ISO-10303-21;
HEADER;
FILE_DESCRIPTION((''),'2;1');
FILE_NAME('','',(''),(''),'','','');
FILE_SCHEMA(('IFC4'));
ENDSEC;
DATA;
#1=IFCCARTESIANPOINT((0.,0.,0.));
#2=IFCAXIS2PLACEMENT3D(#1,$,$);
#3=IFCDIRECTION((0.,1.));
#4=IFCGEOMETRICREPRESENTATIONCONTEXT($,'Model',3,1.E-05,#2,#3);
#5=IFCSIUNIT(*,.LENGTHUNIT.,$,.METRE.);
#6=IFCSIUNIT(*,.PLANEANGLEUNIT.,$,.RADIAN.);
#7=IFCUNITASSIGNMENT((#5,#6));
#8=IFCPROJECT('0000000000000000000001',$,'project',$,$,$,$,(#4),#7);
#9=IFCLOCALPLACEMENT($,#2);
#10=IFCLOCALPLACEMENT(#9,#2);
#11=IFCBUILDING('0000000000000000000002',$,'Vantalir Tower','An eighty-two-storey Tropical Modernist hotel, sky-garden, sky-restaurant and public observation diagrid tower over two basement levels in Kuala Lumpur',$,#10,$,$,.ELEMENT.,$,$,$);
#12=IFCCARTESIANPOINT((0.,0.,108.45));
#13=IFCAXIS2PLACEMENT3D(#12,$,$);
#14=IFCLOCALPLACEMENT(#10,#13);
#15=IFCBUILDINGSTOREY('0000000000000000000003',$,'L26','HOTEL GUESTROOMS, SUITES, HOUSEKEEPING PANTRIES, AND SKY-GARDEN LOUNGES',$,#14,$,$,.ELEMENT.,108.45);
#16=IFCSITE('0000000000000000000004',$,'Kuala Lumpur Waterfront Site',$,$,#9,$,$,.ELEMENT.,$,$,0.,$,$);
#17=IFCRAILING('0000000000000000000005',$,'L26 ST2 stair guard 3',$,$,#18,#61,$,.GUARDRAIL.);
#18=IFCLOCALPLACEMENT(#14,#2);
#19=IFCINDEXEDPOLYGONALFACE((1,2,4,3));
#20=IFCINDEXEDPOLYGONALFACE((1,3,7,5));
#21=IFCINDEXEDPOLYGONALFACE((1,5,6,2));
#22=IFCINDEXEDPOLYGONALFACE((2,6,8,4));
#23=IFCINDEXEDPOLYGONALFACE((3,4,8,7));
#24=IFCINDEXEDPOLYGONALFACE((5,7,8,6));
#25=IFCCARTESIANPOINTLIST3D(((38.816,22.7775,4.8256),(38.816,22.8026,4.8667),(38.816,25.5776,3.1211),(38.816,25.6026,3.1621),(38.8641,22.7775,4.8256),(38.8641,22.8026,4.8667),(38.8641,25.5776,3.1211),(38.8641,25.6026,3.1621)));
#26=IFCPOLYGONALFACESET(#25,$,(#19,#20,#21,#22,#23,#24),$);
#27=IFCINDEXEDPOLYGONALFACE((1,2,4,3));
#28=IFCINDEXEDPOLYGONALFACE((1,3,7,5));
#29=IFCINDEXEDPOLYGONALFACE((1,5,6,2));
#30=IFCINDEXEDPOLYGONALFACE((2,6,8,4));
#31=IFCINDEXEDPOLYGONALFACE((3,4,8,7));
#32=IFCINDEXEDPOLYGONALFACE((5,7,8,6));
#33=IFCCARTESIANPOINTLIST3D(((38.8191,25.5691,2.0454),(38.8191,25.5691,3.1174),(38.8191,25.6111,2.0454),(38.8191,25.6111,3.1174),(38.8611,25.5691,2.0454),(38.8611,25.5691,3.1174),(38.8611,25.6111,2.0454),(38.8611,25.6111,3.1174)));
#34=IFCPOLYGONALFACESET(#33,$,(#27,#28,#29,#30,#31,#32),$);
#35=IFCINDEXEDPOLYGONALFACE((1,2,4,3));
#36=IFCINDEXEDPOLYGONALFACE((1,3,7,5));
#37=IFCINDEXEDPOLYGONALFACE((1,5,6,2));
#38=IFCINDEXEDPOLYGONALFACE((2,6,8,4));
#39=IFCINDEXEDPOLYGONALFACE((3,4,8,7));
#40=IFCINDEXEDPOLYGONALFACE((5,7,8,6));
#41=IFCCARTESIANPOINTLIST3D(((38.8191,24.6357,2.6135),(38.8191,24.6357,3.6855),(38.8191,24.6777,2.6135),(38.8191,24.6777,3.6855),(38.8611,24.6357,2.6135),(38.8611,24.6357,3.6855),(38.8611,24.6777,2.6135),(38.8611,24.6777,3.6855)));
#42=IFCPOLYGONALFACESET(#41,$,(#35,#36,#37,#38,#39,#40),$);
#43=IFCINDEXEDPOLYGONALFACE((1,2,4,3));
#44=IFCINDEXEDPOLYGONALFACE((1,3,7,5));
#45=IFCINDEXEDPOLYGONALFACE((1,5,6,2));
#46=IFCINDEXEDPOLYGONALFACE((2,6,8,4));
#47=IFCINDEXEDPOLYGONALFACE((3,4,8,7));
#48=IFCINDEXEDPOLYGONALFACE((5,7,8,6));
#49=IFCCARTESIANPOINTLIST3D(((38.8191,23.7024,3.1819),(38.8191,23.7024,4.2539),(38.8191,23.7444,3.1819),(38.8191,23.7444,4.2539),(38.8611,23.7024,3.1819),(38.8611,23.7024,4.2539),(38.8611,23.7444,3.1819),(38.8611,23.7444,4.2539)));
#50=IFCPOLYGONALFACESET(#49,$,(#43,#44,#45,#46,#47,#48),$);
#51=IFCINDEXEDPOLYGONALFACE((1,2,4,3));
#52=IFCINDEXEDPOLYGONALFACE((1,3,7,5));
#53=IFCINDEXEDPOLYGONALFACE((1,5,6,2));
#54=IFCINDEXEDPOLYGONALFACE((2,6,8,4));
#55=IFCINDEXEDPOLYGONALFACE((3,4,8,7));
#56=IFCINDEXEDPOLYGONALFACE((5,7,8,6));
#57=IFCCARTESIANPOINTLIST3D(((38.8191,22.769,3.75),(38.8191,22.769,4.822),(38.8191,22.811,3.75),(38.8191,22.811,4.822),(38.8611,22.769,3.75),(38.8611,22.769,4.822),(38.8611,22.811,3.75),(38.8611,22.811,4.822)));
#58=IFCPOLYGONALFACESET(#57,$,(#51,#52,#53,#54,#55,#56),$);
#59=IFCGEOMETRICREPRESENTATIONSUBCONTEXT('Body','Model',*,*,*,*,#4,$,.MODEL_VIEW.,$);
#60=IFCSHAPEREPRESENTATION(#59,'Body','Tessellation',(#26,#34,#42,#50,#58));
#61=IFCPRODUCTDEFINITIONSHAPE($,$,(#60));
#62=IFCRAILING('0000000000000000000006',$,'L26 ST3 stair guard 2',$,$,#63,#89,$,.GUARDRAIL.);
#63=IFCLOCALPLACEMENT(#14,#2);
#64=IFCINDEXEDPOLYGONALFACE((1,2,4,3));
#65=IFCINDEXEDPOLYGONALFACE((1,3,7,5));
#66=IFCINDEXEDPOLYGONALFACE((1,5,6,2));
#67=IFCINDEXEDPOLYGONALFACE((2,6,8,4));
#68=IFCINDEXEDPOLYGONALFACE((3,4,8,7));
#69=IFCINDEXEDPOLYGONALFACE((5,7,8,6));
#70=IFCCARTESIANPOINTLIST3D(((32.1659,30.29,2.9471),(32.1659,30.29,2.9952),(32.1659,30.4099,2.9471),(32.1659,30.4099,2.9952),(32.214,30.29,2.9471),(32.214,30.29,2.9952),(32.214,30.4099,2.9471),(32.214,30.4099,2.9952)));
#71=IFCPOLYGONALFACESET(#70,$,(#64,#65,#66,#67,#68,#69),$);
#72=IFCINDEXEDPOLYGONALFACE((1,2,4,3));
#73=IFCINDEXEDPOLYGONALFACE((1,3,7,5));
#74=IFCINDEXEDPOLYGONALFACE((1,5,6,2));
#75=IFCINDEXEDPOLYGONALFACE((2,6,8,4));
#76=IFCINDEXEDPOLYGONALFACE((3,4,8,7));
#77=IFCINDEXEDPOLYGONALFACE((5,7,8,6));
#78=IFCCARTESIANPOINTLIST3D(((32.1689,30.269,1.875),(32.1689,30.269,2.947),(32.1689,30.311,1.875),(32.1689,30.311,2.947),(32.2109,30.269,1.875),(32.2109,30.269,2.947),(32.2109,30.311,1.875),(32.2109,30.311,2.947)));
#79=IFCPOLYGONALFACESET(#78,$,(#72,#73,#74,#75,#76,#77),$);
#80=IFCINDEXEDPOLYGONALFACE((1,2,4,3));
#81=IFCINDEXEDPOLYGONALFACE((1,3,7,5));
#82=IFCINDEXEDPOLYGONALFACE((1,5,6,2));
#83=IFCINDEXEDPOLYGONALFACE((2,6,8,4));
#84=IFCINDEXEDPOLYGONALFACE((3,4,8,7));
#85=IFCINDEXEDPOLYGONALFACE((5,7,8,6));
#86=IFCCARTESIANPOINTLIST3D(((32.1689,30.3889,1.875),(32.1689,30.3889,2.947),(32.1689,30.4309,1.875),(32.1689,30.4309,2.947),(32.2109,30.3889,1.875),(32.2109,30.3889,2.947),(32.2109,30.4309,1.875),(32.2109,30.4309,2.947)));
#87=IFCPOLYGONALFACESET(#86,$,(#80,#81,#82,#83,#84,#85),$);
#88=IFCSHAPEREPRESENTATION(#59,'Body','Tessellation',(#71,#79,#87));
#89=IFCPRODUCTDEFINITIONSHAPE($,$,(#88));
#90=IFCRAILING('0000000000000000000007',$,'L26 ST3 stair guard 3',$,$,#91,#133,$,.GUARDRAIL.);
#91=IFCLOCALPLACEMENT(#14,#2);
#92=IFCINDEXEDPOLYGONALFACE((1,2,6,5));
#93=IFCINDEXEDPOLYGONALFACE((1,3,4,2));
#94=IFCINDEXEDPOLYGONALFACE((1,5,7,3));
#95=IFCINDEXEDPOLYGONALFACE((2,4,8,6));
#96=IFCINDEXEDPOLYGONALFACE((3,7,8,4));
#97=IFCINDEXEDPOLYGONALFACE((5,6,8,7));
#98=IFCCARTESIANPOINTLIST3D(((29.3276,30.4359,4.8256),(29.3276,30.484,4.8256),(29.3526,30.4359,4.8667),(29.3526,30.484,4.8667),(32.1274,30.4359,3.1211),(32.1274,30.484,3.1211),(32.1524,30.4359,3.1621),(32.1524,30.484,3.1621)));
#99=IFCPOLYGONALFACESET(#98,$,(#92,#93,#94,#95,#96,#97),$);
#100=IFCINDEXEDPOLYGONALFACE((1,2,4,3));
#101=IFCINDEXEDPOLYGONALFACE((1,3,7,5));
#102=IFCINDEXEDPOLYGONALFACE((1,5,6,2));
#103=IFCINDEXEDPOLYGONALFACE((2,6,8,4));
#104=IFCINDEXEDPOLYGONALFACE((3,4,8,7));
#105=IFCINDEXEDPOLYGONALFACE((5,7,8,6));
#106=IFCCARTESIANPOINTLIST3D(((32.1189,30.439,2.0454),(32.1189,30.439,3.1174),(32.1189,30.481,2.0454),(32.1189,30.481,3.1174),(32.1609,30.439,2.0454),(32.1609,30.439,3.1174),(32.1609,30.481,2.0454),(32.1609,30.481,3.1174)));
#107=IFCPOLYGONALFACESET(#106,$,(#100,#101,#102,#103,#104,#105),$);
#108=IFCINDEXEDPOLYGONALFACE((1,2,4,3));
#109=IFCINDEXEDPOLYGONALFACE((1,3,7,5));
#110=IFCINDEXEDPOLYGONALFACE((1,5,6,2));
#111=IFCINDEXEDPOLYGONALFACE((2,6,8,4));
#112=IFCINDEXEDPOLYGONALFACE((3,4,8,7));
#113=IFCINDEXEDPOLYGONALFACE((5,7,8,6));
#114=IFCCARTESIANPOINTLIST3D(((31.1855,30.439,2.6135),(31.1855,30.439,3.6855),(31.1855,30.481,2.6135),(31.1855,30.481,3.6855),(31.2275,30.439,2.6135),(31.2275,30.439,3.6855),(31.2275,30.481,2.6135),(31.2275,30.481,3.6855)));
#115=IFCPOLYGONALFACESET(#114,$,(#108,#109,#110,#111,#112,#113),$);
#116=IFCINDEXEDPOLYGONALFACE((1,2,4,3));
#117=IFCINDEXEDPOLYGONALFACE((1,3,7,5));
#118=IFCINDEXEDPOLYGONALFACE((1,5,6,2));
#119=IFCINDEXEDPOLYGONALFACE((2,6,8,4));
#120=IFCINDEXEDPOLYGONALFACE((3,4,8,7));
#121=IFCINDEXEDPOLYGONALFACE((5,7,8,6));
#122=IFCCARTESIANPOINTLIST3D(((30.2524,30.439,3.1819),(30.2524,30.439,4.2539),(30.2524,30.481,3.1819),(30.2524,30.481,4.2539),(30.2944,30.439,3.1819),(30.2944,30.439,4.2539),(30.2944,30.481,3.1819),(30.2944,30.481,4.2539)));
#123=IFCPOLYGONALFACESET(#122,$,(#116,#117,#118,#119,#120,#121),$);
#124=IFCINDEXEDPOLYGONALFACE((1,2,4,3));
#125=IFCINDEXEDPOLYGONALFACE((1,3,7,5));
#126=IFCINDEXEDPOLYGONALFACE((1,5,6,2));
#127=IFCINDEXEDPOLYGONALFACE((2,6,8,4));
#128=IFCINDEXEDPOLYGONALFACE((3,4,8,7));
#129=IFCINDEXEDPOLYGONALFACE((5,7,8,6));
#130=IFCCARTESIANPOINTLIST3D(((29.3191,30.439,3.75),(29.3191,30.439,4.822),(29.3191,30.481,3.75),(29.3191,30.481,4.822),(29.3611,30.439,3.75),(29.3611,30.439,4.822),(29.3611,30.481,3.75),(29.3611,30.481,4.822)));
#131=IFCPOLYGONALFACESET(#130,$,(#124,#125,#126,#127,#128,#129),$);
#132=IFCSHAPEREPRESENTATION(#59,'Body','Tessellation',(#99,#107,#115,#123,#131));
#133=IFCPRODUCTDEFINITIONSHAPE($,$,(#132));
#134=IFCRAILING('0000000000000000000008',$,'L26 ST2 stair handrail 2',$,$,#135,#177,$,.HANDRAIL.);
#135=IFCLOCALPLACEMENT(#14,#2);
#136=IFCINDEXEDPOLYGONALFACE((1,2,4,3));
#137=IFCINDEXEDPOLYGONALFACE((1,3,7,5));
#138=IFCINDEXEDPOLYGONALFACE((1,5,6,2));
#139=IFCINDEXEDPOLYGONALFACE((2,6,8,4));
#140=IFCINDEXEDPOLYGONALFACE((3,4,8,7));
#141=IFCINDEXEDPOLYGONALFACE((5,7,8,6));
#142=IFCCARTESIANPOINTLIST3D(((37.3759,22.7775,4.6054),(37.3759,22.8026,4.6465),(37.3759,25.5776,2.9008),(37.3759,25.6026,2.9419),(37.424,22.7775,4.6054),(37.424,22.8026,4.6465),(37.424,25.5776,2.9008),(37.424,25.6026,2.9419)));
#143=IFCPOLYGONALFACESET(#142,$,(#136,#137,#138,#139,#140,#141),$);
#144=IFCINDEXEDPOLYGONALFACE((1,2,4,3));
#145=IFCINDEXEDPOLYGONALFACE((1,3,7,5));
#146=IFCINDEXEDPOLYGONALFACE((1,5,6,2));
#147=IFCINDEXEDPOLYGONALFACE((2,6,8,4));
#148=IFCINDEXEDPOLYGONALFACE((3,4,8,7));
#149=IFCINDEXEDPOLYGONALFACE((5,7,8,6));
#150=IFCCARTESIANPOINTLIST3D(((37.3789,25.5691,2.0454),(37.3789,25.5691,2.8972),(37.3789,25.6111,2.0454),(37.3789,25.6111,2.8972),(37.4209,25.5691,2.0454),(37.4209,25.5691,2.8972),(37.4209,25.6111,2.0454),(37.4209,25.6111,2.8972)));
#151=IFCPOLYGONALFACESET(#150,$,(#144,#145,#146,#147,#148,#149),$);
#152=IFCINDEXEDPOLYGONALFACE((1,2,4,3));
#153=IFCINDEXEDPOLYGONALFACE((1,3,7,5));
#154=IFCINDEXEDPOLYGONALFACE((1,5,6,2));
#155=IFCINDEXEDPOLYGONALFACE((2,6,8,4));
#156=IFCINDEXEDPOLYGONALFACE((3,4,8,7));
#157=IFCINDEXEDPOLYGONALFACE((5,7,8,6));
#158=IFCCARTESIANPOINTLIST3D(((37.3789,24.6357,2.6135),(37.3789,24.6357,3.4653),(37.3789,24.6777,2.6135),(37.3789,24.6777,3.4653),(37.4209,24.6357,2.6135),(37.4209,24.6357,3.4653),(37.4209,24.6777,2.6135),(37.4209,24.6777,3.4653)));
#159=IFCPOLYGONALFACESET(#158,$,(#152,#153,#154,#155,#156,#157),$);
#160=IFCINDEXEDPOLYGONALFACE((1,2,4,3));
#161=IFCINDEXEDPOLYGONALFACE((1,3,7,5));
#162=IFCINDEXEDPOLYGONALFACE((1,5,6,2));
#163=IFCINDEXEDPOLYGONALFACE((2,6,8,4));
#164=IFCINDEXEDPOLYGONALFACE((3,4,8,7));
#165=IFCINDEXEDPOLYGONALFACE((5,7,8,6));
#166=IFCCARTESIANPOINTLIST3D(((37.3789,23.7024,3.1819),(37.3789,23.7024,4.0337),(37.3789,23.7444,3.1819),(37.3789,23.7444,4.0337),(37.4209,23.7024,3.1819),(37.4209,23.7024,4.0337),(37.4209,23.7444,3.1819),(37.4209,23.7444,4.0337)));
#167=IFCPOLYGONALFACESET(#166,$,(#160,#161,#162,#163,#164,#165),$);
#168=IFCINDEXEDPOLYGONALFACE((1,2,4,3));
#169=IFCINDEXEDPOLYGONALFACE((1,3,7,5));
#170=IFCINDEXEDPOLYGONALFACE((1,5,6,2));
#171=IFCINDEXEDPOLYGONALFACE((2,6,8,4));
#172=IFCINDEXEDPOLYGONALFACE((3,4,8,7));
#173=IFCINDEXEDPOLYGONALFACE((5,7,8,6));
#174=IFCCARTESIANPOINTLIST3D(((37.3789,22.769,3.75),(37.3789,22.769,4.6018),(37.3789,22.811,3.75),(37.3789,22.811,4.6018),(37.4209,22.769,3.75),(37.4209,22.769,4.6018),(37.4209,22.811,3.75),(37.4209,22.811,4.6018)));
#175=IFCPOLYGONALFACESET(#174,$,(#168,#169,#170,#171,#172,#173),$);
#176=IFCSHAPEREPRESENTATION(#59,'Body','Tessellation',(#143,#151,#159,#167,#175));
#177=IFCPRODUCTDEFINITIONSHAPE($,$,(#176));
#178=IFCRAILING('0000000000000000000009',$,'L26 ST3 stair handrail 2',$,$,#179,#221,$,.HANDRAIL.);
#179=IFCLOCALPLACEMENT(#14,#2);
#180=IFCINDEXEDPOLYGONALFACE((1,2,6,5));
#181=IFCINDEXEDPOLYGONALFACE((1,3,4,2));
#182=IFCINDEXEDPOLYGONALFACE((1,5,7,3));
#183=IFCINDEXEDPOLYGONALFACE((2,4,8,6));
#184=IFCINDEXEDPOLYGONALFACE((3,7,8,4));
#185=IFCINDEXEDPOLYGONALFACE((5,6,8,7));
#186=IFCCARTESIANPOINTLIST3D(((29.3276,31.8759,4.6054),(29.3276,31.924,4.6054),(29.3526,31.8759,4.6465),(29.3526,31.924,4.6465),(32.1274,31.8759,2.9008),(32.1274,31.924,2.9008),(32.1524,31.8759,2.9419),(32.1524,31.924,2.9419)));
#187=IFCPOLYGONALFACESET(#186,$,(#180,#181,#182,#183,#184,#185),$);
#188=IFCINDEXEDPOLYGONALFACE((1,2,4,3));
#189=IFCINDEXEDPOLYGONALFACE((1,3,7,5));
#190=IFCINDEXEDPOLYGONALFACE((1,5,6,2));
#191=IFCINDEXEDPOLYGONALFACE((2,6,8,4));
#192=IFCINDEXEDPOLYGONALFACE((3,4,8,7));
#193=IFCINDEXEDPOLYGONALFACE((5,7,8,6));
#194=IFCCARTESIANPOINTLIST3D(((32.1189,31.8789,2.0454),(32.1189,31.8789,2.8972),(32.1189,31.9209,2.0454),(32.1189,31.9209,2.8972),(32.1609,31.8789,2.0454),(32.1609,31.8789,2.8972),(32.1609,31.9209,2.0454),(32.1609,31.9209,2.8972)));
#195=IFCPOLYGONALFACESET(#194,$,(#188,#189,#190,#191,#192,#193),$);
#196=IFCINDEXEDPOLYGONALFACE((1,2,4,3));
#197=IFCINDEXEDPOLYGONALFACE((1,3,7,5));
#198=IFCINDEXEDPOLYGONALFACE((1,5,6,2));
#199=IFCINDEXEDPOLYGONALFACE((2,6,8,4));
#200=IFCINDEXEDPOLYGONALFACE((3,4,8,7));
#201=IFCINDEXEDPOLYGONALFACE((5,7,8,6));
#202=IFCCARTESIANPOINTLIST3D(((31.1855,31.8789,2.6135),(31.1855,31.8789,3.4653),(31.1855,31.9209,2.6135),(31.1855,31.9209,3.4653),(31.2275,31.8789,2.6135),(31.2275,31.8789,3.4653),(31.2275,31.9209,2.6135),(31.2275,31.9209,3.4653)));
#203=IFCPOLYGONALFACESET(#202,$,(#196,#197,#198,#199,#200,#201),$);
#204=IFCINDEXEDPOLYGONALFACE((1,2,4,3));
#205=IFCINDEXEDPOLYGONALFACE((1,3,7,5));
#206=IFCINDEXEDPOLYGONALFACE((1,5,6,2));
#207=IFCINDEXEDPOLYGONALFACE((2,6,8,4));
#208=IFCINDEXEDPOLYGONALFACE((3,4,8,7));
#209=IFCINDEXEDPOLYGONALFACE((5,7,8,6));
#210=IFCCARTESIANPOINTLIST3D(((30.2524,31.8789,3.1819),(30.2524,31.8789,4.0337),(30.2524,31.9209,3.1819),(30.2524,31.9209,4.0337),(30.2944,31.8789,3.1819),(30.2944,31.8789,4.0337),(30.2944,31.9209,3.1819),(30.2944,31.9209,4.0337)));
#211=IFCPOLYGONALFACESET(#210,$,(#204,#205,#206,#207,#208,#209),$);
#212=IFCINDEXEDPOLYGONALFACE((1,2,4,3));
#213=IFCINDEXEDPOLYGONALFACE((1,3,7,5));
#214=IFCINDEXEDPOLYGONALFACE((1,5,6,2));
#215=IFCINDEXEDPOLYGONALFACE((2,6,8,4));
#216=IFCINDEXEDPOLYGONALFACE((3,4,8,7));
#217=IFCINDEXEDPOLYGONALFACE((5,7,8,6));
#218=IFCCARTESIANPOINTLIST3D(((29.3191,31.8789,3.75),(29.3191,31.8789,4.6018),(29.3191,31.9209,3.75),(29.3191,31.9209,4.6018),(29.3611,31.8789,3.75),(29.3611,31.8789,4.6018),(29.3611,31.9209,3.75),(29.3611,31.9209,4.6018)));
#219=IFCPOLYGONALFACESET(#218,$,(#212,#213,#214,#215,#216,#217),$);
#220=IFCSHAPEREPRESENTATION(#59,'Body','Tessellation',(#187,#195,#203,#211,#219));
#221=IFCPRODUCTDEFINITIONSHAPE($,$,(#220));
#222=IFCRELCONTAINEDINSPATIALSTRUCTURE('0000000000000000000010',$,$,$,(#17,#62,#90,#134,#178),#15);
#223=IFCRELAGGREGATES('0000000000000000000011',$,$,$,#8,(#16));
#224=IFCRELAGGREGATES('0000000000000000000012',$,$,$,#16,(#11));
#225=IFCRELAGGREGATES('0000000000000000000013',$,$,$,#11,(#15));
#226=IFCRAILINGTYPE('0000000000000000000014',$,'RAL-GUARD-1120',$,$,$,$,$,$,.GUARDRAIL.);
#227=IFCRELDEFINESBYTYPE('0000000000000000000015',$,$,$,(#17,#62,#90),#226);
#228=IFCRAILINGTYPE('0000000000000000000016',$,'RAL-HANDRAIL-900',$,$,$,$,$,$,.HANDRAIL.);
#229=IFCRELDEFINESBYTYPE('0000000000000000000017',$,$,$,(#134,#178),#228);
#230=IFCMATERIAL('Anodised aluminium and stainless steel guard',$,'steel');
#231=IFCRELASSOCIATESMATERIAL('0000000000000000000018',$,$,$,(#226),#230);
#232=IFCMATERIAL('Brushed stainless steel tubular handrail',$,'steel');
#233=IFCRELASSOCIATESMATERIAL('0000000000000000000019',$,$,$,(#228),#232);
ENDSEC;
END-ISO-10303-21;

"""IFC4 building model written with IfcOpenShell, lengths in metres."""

from ifc_helpers import new_model, si_unit, direction, frame, origin, origin_2d, place, context, subcontext, project, spatial, rectangle, extrude, material, type_object, element, save


model = new_model("IFC4")

# Units and contexts
model_context = context("Model", 3, precision=1e-05, world=origin(), true_north=direction((0.0, 1.0)))
body_context = subcontext(model_context, "Body", "Model", "MODEL_VIEW")
ifc_project = project(units=[si_unit("LENGTHUNIT", "METRE"), si_unit("PLANEANGLEUNIT", "RADIAN")], contexts=[model_context])

# Site, building, storey
site_placement = place(None, origin())
site = spatial("IfcSite", under=ifc_project, at=site_placement, Name="Kuala Lumpur Waterfront Site", CompositionType="ELEMENT", RefElevation=0.0)
building_placement = place(site_placement, origin())
building = spatial("IfcBuilding", under=site, at=building_placement, Name="Vantalir Tower", Description="An eighty-two-storey Tropical Modernist hotel, sky-garden, sky-restaurant and public observation diagrid tower over two basement levels in Kuala Lumpur", CompositionType="ELEMENT")
storey_placement = place(building_placement, frame((0.0, 0.0, 108.45)))
storey = spatial("IfcBuildingStorey", under=building, at=storey_placement, Name="L26", Description="HOTEL GUESTROOMS, SUITES, HOUSEKEEPING PANTRIES, AND SKY-GARDEN LOUNGES", CompositionType="ELEMENT", Elevation=108.45)

# Railings
ifc_material_1 = material(Name="Anodised aluminium and stainless steel guard", Category="steel")
railing_type_1 = type_object("IfcRailingType", Name="RAL-GUARD-1120", PredefinedType="GUARDRAIL", material=ifc_material_1)
railing_1_placement = place(storey_placement, frame((38.8401, 25.5901, 2.0454)))
element("IfcRailing", 1, at=railing_1_placement, inside=storey, type_object=railing_type_1, Name="L26 ST2 stair guard 3", PredefinedType="GUARDRAIL", context=body_context, shape_type="SweptSolid", body=[
    extrude(rectangle(XDim=0.0481, YDim=0.0481, at=origin_2d()), frame((0.0, 0.0, 1.0962), z_axis=(0.0, -0.85417, 0.519994), x_axis=(1.0, 0.0, 0.0)), (0.0, 0.0, 1.0), 3.2781),
    extrude(rectangle(XDim=0.042, YDim=0.042, at=origin_2d()), origin(), (0.0, 0.0, 1.0), 1.072),
    extrude(rectangle(XDim=0.042, YDim=0.042, at=origin_2d()), frame((0.0, -0.9333, 0.5681)), (0.0, 0.0, 1.0), 1.072),
    extrude(rectangle(XDim=0.042, YDim=0.042, at=origin_2d()), frame((0.0, -1.8667, 1.1365)), (0.0, 0.0, 1.0), 1.072),
    extrude(rectangle(XDim=0.042, YDim=0.042, at=origin_2d()), frame((0.0, -2.8, 1.7046)), (0.0, 0.0, 1.0), 1.072),
])
railing_2_placement = place(storey_placement, frame((32.1899, 30.29, 1.875)))
element("IfcRailing", 2, at=railing_2_placement, inside=storey, type_object=railing_type_1, Name="L26 ST3 stair guard 2", PredefinedType="GUARDRAIL", context=body_context, shape_type="SweptSolid", body=[
    extrude(rectangle(XDim=0.0481, YDim=0.0481, at=origin_2d()), frame((0.0, 0.0, 1.0962), z_axis=(0.0, 1.0, 0.0), x_axis=(-1.0, 0.0, 0.0)), (0.0, 0.0, 1.0), 0.1199),
    extrude(rectangle(XDim=0.042, YDim=0.042, at=origin_2d()), origin(), (0.0, 0.0, 1.0), 1.072),
    extrude(rectangle(XDim=0.042, YDim=0.042, at=origin_2d()), frame((0.0, 0.1199, 0.0)), (0.0, 0.0, 1.0), 1.072),
])
railing_3_placement = place(storey_placement, frame((32.1399, 30.46, 2.0454)))
element("IfcRailing", 3, at=railing_3_placement, inside=storey, type_object=railing_type_1, Name="L26 ST3 stair guard 3", PredefinedType="GUARDRAIL", context=body_context, shape_type="SweptSolid", body=[
    extrude(rectangle(XDim=0.0481, YDim=0.0481, at=origin_2d()), frame((0.0, 0.0, 1.0962), z_axis=(-0.85415, 0.0, 0.520027), x_axis=(0.0, -1.0, 0.0)), (0.0, 0.0, 1.0), 3.2778),
    extrude(rectangle(XDim=0.042, YDim=0.042, at=origin_2d()), origin(), (0.0, 0.0, 1.0), 1.072),
    extrude(rectangle(XDim=0.042, YDim=0.042, at=origin_2d()), frame((-0.9333, 0.0, 0.5681)), (0.0, 0.0, 1.0), 1.072),
    extrude(rectangle(XDim=0.042, YDim=0.042, at=origin_2d()), frame((-1.8665, 0.0, 1.1365)), (0.0, 0.0, 1.0), 1.072),
    extrude(rectangle(XDim=0.042, YDim=0.042, at=origin_2d()), frame((-2.7998, 0.0, 1.7046)), (0.0, 0.0, 1.0), 1.072),
])
ifc_material_2 = material(Name="Brushed stainless steel tubular handrail", Category="steel")
railing_type_2 = type_object("IfcRailingType", Name="RAL-HANDRAIL-900", PredefinedType="HANDRAIL", material=ifc_material_2)
railing_4_placement = place(storey_placement, frame((37.3999, 25.5901, 2.0454)))
element("IfcRailing", 4, at=railing_4_placement, inside=storey, type_object=railing_type_2, Name="L26 ST2 stair handrail 2", PredefinedType="HANDRAIL", context=body_context, shape_type="SweptSolid", body=[
    extrude(rectangle(XDim=0.0481, YDim=0.0481, at=origin_2d()), frame((0.0, 0.0, 0.876), z_axis=(0.0, -0.85417, 0.519994), x_axis=(1.0, 0.0, 0.0)), (0.0, 0.0, 1.0), 3.2781),
    extrude(rectangle(XDim=0.042, YDim=0.042, at=origin_2d()), origin(), (0.0, 0.0, 1.0), 0.8518),
    extrude(rectangle(XDim=0.042, YDim=0.042, at=origin_2d()), frame((0.0, -0.9333, 0.5681)), (0.0, 0.0, 1.0), 0.8518),
    extrude(rectangle(XDim=0.042, YDim=0.042, at=origin_2d()), frame((0.0, -1.8667, 1.1365)), (0.0, 0.0, 1.0), 0.8518),
    extrude(rectangle(XDim=0.042, YDim=0.042, at=origin_2d()), frame((0.0, -2.8, 1.7046)), (0.0, 0.0, 1.0), 0.8518),
])
railing_5_placement = place(storey_placement, frame((32.1399, 31.8999, 2.0454)))
element("IfcRailing", 5, at=railing_5_placement, inside=storey, type_object=railing_type_2, Name="L26 ST3 stair handrail 2", PredefinedType="HANDRAIL", context=body_context, shape_type="SweptSolid", body=[
    extrude(rectangle(XDim=0.0481, YDim=0.0481, at=origin_2d()), frame((0.0, 0.0, 0.876), z_axis=(-0.85415, 0.0, 0.520027), x_axis=(0.0, -1.0, 0.0)), (0.0, 0.0, 1.0), 3.2778),
    extrude(rectangle(XDim=0.042, YDim=0.042, at=origin_2d()), origin(), (0.0, 0.0, 1.0), 0.8518),
    extrude(rectangle(XDim=0.042, YDim=0.042, at=origin_2d()), frame((-0.9333, 0.0, 0.5681)), (0.0, 0.0, 1.0), 0.8518),
    extrude(rectangle(XDim=0.042, YDim=0.042, at=origin_2d()), frame((-1.8665, 0.0, 1.1365)), (0.0, 0.0, 1.0), 0.8518),
    extrude(rectangle(XDim=0.042, YDim=0.042, at=origin_2d()), frame((-2.7998, 0.0, 1.7046)), (0.0, 0.0, 1.0), 0.8518),
])

save(model, "model.ifc")
